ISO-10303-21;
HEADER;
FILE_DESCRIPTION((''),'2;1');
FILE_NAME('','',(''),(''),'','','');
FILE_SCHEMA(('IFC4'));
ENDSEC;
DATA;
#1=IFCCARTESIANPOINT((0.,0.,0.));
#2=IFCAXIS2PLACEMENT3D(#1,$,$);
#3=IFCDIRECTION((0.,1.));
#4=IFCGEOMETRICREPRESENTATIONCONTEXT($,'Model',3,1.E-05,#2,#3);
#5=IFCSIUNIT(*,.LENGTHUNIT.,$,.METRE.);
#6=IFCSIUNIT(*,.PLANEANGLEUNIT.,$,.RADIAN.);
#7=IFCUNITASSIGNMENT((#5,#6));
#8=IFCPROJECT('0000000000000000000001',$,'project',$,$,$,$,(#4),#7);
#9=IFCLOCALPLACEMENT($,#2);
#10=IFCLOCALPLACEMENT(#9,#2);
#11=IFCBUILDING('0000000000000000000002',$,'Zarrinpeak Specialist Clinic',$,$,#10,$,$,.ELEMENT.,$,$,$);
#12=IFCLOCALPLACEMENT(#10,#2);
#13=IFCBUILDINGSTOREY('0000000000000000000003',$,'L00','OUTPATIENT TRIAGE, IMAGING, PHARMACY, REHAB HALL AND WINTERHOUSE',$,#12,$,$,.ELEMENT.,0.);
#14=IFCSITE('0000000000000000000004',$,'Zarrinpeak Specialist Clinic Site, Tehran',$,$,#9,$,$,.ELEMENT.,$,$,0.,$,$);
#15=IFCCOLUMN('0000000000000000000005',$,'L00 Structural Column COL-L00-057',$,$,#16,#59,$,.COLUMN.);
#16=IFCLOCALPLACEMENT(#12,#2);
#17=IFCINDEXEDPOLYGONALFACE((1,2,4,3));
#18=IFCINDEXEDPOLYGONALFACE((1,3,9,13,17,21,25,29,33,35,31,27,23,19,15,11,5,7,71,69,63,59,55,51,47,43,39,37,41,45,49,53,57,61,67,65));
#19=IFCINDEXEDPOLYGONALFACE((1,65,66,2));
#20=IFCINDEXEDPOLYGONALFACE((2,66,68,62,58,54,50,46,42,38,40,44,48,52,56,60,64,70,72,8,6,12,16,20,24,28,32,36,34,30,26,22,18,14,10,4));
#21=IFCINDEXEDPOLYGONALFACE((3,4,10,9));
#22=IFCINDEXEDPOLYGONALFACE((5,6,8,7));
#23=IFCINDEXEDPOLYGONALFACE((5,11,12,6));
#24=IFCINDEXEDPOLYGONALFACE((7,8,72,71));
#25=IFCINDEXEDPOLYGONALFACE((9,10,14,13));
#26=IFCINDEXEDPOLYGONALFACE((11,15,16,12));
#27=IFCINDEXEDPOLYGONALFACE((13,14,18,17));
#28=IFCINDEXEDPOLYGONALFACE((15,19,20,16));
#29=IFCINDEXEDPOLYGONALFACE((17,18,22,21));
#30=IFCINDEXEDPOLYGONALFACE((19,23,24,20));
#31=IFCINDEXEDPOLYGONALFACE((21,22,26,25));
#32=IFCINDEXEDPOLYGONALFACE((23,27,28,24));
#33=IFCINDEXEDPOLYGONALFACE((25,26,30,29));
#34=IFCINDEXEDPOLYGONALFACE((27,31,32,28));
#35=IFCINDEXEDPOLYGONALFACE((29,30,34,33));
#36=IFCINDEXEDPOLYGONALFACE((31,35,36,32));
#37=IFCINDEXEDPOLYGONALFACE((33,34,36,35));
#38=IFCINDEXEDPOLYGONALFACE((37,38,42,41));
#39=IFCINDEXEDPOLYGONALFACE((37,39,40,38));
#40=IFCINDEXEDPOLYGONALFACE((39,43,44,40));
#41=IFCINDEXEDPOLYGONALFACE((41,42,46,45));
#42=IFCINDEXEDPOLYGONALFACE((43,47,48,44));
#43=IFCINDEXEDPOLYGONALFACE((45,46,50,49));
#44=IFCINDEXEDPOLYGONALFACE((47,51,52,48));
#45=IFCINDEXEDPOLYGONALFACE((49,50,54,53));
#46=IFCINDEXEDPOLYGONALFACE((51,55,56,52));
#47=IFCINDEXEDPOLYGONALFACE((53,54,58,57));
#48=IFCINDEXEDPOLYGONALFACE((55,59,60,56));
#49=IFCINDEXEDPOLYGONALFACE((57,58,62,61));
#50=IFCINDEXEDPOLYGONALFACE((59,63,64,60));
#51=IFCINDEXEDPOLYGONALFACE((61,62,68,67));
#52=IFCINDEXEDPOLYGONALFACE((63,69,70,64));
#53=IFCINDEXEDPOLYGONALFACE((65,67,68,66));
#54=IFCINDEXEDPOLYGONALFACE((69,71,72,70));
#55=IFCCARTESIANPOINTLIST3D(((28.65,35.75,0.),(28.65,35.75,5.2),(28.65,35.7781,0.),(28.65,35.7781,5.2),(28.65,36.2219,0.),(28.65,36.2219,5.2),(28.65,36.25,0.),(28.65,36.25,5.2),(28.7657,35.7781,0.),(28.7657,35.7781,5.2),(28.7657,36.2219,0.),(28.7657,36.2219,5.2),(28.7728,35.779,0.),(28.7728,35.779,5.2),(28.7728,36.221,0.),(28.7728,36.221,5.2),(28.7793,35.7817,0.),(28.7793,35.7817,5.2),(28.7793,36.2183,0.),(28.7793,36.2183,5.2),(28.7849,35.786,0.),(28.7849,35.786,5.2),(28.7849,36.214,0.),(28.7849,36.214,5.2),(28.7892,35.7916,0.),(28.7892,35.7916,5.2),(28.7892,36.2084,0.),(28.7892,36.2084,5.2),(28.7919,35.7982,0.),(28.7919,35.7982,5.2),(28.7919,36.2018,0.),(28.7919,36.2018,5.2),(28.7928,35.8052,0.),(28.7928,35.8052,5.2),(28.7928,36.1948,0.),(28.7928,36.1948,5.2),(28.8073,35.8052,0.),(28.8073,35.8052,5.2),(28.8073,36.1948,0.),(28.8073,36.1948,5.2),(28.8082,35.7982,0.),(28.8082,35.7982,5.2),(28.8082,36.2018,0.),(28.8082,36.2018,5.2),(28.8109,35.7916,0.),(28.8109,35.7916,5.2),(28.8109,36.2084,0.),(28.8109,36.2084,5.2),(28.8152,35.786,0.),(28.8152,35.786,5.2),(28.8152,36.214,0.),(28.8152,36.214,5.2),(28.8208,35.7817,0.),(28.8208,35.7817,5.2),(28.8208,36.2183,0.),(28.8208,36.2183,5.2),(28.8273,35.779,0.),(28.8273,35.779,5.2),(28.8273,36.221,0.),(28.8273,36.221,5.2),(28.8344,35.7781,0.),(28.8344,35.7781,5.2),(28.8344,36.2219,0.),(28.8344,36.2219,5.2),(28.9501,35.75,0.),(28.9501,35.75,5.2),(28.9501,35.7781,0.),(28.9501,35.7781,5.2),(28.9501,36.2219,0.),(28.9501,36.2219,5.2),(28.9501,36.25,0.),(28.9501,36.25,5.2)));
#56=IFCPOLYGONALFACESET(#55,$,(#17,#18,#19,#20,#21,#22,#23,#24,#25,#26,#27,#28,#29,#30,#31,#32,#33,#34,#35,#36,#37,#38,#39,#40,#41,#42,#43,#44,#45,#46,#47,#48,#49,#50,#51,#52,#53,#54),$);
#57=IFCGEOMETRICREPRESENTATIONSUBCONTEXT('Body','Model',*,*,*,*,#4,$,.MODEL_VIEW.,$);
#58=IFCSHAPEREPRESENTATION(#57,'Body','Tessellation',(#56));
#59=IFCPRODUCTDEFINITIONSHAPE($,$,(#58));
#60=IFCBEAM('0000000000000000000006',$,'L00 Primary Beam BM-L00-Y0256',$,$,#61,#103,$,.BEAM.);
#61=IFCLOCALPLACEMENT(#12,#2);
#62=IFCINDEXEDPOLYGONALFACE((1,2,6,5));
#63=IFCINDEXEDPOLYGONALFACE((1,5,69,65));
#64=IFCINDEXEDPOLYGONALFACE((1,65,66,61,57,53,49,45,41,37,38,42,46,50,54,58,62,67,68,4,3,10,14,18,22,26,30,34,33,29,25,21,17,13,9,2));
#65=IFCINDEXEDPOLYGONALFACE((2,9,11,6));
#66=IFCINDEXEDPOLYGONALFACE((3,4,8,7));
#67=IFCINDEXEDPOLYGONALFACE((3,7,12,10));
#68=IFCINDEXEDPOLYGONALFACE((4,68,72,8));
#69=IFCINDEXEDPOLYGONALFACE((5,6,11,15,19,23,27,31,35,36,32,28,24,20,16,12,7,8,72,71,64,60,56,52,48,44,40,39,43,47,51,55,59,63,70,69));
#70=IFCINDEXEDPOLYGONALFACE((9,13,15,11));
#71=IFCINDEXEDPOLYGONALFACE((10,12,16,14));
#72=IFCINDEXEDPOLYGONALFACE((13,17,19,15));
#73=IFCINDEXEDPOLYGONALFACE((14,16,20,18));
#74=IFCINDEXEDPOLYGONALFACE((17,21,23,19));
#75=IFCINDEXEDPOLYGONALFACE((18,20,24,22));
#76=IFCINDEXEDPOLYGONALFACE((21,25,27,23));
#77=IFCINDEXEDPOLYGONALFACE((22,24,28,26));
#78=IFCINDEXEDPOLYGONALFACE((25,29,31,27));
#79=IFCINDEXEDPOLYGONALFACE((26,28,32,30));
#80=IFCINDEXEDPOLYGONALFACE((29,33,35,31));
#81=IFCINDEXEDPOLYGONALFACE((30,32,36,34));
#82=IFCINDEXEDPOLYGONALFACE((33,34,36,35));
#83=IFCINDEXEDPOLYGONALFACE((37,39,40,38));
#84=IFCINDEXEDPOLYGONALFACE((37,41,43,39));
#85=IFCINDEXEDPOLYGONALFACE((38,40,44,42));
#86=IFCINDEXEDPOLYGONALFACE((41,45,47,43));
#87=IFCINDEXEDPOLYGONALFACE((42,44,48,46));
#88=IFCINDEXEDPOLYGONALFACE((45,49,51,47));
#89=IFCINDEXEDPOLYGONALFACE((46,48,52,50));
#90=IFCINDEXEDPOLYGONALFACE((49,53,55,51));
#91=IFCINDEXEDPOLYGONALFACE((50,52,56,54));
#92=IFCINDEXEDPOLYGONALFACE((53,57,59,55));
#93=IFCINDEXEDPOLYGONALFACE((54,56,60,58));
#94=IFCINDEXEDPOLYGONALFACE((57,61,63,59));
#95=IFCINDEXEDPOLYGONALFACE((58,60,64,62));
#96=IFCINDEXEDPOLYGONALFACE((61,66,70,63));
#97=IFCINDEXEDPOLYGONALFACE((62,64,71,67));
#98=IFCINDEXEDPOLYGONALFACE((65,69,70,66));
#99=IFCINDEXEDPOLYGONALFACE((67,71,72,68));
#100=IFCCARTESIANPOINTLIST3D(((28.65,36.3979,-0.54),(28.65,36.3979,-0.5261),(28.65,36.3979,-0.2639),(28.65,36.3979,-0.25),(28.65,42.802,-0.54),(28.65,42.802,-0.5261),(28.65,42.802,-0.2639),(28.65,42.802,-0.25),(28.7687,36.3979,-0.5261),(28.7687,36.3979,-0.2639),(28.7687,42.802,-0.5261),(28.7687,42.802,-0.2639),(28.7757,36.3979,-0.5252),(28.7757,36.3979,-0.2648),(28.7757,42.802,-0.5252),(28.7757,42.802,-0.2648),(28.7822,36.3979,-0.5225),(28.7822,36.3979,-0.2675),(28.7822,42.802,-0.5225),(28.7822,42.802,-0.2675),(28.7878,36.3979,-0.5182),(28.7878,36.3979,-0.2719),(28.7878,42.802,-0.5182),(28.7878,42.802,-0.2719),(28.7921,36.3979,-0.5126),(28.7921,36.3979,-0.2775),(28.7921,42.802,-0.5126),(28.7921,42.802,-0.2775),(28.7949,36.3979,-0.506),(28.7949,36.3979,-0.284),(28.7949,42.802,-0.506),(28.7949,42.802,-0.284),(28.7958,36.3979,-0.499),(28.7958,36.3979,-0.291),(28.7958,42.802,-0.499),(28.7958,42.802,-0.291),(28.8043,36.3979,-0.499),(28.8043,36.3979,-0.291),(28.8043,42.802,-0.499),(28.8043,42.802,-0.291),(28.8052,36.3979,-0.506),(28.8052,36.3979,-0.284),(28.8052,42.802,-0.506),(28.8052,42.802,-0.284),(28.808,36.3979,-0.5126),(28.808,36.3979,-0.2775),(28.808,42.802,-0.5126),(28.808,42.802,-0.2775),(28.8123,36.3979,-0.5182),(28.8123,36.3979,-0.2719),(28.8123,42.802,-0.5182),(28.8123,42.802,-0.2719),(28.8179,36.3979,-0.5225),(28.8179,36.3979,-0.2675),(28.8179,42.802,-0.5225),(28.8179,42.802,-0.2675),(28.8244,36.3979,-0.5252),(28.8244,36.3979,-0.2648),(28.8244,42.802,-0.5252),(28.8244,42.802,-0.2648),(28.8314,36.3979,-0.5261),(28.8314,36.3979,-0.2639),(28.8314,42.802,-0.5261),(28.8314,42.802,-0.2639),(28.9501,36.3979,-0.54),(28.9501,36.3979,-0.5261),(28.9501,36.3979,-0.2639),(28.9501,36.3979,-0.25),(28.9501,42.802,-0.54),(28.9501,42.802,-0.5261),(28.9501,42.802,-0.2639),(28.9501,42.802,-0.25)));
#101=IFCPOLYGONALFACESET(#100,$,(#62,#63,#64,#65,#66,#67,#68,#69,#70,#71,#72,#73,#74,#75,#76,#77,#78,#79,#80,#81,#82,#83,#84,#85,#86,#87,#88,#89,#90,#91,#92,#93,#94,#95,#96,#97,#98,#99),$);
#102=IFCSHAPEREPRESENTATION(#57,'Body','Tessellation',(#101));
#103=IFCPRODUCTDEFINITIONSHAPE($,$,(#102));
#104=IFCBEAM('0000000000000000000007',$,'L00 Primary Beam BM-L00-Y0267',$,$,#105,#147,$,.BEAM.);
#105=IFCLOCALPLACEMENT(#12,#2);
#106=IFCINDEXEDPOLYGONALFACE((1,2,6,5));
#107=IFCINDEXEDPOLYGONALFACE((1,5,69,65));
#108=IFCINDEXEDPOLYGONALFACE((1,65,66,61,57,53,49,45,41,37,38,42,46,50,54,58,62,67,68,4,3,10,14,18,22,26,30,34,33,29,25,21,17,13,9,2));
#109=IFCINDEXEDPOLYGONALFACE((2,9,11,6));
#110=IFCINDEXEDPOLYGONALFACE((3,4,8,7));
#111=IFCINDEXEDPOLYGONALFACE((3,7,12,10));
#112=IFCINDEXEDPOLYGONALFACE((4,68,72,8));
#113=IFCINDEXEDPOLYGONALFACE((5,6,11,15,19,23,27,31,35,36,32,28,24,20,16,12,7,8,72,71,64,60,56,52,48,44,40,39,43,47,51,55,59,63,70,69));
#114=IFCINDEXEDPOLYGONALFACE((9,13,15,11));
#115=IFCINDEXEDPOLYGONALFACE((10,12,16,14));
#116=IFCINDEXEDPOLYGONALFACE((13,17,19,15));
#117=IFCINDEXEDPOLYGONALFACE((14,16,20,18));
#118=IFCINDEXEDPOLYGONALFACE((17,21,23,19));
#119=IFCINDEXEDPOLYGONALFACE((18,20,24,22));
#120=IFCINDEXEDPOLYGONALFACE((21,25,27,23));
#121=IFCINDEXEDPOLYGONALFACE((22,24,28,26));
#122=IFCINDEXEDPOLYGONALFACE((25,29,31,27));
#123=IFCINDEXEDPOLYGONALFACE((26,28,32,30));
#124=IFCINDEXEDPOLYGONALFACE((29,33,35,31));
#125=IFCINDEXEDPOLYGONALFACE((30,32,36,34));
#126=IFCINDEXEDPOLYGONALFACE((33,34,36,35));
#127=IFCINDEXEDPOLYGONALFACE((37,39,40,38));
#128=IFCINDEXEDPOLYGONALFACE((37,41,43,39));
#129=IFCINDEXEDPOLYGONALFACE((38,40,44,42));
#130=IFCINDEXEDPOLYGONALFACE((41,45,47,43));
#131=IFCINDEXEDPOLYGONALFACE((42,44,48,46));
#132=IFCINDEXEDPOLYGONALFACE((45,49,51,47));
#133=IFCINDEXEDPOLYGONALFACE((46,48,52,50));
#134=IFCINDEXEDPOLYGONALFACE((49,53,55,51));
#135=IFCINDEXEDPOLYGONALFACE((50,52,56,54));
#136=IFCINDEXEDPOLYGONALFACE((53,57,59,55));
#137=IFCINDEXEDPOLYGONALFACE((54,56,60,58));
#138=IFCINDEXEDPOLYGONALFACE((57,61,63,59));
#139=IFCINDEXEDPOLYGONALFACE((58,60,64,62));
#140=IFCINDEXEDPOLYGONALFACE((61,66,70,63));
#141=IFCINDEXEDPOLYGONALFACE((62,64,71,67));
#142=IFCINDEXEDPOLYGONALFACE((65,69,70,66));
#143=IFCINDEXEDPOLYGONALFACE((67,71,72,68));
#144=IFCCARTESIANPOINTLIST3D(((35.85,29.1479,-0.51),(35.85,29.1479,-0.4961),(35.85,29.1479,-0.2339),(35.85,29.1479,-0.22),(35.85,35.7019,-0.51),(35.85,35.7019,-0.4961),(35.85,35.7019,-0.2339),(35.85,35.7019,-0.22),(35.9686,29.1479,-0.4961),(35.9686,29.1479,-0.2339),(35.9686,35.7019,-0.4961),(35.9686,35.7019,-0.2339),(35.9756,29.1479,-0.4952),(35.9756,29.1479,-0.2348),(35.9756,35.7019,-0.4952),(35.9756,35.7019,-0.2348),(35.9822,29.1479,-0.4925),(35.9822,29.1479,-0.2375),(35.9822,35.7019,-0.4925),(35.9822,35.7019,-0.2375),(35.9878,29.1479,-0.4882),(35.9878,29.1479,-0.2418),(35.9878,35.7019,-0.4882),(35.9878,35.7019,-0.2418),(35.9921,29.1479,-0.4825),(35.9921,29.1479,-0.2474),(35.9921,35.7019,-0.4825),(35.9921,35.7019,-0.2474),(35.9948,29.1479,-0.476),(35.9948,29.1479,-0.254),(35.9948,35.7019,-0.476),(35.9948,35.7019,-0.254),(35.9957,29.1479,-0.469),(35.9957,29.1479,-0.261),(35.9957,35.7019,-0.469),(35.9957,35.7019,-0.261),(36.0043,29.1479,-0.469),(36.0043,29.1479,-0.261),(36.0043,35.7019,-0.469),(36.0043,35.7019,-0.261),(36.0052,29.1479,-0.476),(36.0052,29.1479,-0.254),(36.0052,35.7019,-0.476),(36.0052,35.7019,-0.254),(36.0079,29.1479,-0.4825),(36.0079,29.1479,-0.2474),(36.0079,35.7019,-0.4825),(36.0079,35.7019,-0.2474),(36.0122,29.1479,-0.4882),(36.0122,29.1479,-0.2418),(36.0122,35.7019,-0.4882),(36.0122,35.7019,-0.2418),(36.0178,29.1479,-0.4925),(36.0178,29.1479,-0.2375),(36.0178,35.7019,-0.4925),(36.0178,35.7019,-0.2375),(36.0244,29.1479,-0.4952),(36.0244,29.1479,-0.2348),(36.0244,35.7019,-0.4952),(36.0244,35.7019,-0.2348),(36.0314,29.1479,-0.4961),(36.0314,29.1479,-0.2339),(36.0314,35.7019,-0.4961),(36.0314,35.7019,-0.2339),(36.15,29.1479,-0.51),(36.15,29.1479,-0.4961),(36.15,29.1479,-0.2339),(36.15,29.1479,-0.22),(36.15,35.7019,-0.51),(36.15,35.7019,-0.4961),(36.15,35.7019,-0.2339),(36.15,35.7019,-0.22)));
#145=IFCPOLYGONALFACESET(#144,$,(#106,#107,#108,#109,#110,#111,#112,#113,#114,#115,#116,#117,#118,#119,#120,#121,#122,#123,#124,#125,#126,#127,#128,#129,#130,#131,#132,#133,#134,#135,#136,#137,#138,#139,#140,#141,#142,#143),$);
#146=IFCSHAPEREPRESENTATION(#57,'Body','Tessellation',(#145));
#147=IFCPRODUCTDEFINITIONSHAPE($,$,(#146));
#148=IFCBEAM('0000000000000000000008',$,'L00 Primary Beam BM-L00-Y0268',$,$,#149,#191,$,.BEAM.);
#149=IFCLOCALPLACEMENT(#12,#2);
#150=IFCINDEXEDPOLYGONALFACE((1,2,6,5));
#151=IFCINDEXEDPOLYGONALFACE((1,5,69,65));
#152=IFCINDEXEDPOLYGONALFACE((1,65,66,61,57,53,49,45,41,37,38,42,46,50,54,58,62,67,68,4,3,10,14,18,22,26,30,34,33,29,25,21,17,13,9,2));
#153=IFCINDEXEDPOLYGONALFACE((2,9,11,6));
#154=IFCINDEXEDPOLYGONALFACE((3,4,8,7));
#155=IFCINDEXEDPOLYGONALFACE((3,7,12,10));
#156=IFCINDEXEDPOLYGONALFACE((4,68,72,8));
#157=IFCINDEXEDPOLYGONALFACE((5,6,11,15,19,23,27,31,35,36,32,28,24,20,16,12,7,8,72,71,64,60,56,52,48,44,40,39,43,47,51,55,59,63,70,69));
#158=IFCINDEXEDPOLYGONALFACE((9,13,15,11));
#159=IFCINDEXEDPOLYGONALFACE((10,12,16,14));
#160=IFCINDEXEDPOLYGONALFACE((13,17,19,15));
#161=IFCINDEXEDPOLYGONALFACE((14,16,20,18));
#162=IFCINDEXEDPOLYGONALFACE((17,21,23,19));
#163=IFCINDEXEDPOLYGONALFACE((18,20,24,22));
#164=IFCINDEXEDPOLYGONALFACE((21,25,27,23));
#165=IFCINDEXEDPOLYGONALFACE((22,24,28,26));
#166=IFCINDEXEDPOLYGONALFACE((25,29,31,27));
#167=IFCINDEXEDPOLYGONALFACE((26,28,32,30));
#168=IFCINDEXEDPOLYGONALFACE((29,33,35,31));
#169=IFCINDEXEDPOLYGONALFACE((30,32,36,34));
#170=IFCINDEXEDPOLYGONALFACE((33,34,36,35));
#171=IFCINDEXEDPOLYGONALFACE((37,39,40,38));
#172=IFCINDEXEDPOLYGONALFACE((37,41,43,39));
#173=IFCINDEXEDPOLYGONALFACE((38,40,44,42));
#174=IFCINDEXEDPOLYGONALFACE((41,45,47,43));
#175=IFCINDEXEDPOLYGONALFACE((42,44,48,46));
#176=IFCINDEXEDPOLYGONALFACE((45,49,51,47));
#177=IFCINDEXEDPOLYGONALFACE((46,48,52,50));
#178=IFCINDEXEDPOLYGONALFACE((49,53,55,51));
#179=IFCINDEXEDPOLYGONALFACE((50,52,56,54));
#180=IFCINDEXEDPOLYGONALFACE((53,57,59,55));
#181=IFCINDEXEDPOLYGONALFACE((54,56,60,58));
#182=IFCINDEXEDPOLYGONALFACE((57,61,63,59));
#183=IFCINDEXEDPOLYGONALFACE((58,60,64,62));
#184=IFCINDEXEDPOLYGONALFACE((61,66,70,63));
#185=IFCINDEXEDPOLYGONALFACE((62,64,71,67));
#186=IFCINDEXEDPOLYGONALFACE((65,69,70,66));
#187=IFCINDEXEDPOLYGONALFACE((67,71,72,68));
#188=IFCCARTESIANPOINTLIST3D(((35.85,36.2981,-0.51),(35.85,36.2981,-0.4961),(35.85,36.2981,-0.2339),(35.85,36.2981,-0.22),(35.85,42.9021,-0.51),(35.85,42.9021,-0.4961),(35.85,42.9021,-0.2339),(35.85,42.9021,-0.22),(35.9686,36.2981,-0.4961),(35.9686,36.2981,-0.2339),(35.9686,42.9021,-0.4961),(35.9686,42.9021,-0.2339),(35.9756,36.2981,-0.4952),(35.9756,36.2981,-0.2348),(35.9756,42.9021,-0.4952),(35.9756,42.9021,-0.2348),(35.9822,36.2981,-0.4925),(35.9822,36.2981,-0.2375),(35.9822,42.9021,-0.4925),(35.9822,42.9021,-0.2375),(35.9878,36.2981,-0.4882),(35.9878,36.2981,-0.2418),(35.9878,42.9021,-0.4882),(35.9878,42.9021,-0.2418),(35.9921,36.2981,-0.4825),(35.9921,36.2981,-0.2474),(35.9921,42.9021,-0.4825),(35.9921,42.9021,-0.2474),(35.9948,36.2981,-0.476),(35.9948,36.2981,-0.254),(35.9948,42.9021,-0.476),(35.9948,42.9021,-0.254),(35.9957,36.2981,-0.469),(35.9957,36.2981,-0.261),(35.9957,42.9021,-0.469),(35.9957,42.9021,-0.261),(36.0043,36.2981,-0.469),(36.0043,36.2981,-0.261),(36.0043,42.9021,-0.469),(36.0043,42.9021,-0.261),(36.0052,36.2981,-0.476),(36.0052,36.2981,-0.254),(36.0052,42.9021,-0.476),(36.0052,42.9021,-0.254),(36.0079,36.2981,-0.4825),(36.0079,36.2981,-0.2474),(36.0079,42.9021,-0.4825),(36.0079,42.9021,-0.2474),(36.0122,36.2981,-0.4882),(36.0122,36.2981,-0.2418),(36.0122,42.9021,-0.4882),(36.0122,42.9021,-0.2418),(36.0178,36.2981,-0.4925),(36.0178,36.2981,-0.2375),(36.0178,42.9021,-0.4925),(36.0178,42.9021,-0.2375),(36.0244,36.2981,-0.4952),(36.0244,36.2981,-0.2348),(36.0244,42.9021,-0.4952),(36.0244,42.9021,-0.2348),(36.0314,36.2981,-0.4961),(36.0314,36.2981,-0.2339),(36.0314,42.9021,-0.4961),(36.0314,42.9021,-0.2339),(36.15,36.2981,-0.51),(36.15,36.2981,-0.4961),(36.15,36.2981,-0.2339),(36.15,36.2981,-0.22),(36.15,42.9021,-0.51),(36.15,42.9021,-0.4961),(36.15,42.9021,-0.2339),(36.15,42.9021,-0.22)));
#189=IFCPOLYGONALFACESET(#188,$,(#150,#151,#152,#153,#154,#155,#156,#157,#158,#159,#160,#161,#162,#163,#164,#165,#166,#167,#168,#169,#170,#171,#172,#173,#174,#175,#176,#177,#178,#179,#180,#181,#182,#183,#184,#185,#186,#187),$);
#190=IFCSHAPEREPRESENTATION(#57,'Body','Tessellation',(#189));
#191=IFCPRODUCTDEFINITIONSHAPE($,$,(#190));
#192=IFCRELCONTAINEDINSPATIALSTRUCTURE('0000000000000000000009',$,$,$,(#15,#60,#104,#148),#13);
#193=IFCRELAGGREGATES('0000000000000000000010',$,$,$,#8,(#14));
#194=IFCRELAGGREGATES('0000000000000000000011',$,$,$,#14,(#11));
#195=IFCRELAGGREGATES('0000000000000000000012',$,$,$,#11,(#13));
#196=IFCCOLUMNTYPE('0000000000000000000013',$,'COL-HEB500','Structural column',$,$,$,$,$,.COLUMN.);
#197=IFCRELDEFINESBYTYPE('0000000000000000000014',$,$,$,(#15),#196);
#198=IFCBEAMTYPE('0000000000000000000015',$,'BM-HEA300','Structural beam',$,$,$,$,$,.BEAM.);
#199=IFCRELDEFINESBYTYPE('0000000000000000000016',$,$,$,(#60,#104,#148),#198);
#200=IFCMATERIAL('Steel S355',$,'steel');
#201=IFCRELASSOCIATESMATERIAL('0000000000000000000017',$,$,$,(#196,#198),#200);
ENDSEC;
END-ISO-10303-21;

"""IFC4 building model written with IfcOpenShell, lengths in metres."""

from ifc_helpers import new_model, si_unit, direction, frame, origin, origin_2d, place, context, subcontext, project, spatial, i_section, extrude, material, material_profile, profile_set, type_object, element, save


model = new_model("IFC4")

# Units and contexts
model_context = context("Model", 3, precision=1e-05, world=origin(), true_north=direction((0.0, 1.0)))
body_context = subcontext(model_context, "Body", "Model", "MODEL_VIEW")
ifc_project = project(units=[si_unit("LENGTHUNIT", "METRE"), si_unit("PLANEANGLEUNIT", "RADIAN")], contexts=[model_context])

# Site, building, storey
site_placement = place(None, origin())
site = spatial("IfcSite", under=ifc_project, at=site_placement, Name="Zarrinpeak Specialist Clinic Site, Tehran", CompositionType="ELEMENT", RefElevation=0.0)
building_placement = place(site_placement, origin())
building = spatial("IfcBuilding", under=site, at=building_placement, Name="Zarrinpeak Specialist Clinic", CompositionType="ELEMENT")
storey_placement = place(building_placement, origin())
storey = spatial("IfcBuildingStorey", under=building, at=storey_placement, Name="L00", Description="OUTPATIENT TRIAGE, IMAGING, PHARMACY, REHAB HALL AND WINTERHOUSE", CompositionType="ELEMENT", Elevation=0.0)

# Column
ifc_material_1 = material(Name="Steel S355", Category="steel")
ifc_material_profile_1 = material_profile(ifc_material_1, i_section(OverallWidth=0.3, OverallDepth=0.5, WebThickness=0.0144, FlangeThickness=0.0281, FilletRadius=0.0271, at=origin_2d()), Name="HEB 500")
ifc_profile_set_1 = profile_set([ifc_material_profile_1], Name="Steel S355")
column_type = type_object("IfcColumnType", Name="COL-HEB500", Description="Structural column", PredefinedType="COLUMN", material=ifc_profile_set_1)
column_placement = place(storey_placement, frame((28.8, 36.0, 0.0), z_axis=(0.0, 0.0, 1.0), x_axis=(1.0, 0.0, 0.0)))
element("IfcColumn", 1, at=column_placement, inside=storey, type_object=column_type, Name="L00 Structural Column COL-L00-057", PredefinedType="COLUMN", context=body_context, shape_type="SweptSolid", body=[
    extrude(i_section(OverallWidth=0.3, OverallDepth=0.5, WebThickness=0.0144, FlangeThickness=0.0281, FilletRadius=0.0271, at=origin_2d()), origin(), (0.0, 0.0, 1.0), 5.2),
])

# Beams
ifc_material_profile_2 = material_profile(ifc_material_1, i_section(OverallWidth=0.3, OverallDepth=0.29, WebThickness=0.0085, FlangeThickness=0.0139, FilletRadius=0.0271, at=origin_2d()), Name="HEA 300")
ifc_profile_set_2 = profile_set([ifc_material_profile_2], Name="Steel S355")
beam_type_1 = type_object("IfcBeamType", Name="BM-HEA300", Description="Structural beam", PredefinedType="BEAM", material=ifc_profile_set_2)
beam_1_placement = place(storey_placement, frame((28.8, 36.3979, -0.395), z_axis=(0.0, 1.0, 0.0), x_axis=(-1.0, 0.0, 0.0)))
element("IfcBeam", 2, at=beam_1_placement, inside=storey, type_object=beam_type_1, Name="L00 Primary Beam BM-L00-Y0256", PredefinedType="BEAM", context=body_context, shape_type="SweptSolid", body=[
    extrude(i_section(OverallWidth=0.3, OverallDepth=0.29, WebThickness=0.0085, FlangeThickness=0.0139, FilletRadius=0.0271, at=origin_2d()), origin(), (0.0, 0.0, 1.0), 6.4041),
])
beam_2_placement = place(storey_placement, frame((36.0, 29.1479, -0.365), z_axis=(0.0, 1.0, 0.0), x_axis=(-1.0, 0.0, 0.0)))
element("IfcBeam", 3, at=beam_2_placement, inside=storey, type_object=beam_type_1, Name="L00 Primary Beam BM-L00-Y0267", PredefinedType="BEAM", context=body_context, shape_type="SweptSolid", body=[
    extrude(i_section(OverallWidth=0.3, OverallDepth=0.29, WebThickness=0.0085, FlangeThickness=0.0139, FilletRadius=0.0271, at=origin_2d()), origin(), (0.0, 0.0, 1.0), 6.554),
])
beam_3_placement = place(storey_placement, frame((36.0, 36.2981, -0.365), z_axis=(0.0, 1.0, 0.0), x_axis=(-1.0, 0.0, 0.0)))
element("IfcBeam", 4, at=beam_3_placement, inside=storey, type_object=beam_type_1, Name="L00 Primary Beam BM-L00-Y0268", PredefinedType="BEAM", context=body_context, shape_type="SweptSolid", body=[
    extrude(i_section(OverallWidth=0.3, OverallDepth=0.29, WebThickness=0.0085, FlangeThickness=0.0139, FilletRadius=0.0271, at=origin_2d()), origin(), (0.0, 0.0, 1.0), 6.604),
])

save(model, "model.ifc")
